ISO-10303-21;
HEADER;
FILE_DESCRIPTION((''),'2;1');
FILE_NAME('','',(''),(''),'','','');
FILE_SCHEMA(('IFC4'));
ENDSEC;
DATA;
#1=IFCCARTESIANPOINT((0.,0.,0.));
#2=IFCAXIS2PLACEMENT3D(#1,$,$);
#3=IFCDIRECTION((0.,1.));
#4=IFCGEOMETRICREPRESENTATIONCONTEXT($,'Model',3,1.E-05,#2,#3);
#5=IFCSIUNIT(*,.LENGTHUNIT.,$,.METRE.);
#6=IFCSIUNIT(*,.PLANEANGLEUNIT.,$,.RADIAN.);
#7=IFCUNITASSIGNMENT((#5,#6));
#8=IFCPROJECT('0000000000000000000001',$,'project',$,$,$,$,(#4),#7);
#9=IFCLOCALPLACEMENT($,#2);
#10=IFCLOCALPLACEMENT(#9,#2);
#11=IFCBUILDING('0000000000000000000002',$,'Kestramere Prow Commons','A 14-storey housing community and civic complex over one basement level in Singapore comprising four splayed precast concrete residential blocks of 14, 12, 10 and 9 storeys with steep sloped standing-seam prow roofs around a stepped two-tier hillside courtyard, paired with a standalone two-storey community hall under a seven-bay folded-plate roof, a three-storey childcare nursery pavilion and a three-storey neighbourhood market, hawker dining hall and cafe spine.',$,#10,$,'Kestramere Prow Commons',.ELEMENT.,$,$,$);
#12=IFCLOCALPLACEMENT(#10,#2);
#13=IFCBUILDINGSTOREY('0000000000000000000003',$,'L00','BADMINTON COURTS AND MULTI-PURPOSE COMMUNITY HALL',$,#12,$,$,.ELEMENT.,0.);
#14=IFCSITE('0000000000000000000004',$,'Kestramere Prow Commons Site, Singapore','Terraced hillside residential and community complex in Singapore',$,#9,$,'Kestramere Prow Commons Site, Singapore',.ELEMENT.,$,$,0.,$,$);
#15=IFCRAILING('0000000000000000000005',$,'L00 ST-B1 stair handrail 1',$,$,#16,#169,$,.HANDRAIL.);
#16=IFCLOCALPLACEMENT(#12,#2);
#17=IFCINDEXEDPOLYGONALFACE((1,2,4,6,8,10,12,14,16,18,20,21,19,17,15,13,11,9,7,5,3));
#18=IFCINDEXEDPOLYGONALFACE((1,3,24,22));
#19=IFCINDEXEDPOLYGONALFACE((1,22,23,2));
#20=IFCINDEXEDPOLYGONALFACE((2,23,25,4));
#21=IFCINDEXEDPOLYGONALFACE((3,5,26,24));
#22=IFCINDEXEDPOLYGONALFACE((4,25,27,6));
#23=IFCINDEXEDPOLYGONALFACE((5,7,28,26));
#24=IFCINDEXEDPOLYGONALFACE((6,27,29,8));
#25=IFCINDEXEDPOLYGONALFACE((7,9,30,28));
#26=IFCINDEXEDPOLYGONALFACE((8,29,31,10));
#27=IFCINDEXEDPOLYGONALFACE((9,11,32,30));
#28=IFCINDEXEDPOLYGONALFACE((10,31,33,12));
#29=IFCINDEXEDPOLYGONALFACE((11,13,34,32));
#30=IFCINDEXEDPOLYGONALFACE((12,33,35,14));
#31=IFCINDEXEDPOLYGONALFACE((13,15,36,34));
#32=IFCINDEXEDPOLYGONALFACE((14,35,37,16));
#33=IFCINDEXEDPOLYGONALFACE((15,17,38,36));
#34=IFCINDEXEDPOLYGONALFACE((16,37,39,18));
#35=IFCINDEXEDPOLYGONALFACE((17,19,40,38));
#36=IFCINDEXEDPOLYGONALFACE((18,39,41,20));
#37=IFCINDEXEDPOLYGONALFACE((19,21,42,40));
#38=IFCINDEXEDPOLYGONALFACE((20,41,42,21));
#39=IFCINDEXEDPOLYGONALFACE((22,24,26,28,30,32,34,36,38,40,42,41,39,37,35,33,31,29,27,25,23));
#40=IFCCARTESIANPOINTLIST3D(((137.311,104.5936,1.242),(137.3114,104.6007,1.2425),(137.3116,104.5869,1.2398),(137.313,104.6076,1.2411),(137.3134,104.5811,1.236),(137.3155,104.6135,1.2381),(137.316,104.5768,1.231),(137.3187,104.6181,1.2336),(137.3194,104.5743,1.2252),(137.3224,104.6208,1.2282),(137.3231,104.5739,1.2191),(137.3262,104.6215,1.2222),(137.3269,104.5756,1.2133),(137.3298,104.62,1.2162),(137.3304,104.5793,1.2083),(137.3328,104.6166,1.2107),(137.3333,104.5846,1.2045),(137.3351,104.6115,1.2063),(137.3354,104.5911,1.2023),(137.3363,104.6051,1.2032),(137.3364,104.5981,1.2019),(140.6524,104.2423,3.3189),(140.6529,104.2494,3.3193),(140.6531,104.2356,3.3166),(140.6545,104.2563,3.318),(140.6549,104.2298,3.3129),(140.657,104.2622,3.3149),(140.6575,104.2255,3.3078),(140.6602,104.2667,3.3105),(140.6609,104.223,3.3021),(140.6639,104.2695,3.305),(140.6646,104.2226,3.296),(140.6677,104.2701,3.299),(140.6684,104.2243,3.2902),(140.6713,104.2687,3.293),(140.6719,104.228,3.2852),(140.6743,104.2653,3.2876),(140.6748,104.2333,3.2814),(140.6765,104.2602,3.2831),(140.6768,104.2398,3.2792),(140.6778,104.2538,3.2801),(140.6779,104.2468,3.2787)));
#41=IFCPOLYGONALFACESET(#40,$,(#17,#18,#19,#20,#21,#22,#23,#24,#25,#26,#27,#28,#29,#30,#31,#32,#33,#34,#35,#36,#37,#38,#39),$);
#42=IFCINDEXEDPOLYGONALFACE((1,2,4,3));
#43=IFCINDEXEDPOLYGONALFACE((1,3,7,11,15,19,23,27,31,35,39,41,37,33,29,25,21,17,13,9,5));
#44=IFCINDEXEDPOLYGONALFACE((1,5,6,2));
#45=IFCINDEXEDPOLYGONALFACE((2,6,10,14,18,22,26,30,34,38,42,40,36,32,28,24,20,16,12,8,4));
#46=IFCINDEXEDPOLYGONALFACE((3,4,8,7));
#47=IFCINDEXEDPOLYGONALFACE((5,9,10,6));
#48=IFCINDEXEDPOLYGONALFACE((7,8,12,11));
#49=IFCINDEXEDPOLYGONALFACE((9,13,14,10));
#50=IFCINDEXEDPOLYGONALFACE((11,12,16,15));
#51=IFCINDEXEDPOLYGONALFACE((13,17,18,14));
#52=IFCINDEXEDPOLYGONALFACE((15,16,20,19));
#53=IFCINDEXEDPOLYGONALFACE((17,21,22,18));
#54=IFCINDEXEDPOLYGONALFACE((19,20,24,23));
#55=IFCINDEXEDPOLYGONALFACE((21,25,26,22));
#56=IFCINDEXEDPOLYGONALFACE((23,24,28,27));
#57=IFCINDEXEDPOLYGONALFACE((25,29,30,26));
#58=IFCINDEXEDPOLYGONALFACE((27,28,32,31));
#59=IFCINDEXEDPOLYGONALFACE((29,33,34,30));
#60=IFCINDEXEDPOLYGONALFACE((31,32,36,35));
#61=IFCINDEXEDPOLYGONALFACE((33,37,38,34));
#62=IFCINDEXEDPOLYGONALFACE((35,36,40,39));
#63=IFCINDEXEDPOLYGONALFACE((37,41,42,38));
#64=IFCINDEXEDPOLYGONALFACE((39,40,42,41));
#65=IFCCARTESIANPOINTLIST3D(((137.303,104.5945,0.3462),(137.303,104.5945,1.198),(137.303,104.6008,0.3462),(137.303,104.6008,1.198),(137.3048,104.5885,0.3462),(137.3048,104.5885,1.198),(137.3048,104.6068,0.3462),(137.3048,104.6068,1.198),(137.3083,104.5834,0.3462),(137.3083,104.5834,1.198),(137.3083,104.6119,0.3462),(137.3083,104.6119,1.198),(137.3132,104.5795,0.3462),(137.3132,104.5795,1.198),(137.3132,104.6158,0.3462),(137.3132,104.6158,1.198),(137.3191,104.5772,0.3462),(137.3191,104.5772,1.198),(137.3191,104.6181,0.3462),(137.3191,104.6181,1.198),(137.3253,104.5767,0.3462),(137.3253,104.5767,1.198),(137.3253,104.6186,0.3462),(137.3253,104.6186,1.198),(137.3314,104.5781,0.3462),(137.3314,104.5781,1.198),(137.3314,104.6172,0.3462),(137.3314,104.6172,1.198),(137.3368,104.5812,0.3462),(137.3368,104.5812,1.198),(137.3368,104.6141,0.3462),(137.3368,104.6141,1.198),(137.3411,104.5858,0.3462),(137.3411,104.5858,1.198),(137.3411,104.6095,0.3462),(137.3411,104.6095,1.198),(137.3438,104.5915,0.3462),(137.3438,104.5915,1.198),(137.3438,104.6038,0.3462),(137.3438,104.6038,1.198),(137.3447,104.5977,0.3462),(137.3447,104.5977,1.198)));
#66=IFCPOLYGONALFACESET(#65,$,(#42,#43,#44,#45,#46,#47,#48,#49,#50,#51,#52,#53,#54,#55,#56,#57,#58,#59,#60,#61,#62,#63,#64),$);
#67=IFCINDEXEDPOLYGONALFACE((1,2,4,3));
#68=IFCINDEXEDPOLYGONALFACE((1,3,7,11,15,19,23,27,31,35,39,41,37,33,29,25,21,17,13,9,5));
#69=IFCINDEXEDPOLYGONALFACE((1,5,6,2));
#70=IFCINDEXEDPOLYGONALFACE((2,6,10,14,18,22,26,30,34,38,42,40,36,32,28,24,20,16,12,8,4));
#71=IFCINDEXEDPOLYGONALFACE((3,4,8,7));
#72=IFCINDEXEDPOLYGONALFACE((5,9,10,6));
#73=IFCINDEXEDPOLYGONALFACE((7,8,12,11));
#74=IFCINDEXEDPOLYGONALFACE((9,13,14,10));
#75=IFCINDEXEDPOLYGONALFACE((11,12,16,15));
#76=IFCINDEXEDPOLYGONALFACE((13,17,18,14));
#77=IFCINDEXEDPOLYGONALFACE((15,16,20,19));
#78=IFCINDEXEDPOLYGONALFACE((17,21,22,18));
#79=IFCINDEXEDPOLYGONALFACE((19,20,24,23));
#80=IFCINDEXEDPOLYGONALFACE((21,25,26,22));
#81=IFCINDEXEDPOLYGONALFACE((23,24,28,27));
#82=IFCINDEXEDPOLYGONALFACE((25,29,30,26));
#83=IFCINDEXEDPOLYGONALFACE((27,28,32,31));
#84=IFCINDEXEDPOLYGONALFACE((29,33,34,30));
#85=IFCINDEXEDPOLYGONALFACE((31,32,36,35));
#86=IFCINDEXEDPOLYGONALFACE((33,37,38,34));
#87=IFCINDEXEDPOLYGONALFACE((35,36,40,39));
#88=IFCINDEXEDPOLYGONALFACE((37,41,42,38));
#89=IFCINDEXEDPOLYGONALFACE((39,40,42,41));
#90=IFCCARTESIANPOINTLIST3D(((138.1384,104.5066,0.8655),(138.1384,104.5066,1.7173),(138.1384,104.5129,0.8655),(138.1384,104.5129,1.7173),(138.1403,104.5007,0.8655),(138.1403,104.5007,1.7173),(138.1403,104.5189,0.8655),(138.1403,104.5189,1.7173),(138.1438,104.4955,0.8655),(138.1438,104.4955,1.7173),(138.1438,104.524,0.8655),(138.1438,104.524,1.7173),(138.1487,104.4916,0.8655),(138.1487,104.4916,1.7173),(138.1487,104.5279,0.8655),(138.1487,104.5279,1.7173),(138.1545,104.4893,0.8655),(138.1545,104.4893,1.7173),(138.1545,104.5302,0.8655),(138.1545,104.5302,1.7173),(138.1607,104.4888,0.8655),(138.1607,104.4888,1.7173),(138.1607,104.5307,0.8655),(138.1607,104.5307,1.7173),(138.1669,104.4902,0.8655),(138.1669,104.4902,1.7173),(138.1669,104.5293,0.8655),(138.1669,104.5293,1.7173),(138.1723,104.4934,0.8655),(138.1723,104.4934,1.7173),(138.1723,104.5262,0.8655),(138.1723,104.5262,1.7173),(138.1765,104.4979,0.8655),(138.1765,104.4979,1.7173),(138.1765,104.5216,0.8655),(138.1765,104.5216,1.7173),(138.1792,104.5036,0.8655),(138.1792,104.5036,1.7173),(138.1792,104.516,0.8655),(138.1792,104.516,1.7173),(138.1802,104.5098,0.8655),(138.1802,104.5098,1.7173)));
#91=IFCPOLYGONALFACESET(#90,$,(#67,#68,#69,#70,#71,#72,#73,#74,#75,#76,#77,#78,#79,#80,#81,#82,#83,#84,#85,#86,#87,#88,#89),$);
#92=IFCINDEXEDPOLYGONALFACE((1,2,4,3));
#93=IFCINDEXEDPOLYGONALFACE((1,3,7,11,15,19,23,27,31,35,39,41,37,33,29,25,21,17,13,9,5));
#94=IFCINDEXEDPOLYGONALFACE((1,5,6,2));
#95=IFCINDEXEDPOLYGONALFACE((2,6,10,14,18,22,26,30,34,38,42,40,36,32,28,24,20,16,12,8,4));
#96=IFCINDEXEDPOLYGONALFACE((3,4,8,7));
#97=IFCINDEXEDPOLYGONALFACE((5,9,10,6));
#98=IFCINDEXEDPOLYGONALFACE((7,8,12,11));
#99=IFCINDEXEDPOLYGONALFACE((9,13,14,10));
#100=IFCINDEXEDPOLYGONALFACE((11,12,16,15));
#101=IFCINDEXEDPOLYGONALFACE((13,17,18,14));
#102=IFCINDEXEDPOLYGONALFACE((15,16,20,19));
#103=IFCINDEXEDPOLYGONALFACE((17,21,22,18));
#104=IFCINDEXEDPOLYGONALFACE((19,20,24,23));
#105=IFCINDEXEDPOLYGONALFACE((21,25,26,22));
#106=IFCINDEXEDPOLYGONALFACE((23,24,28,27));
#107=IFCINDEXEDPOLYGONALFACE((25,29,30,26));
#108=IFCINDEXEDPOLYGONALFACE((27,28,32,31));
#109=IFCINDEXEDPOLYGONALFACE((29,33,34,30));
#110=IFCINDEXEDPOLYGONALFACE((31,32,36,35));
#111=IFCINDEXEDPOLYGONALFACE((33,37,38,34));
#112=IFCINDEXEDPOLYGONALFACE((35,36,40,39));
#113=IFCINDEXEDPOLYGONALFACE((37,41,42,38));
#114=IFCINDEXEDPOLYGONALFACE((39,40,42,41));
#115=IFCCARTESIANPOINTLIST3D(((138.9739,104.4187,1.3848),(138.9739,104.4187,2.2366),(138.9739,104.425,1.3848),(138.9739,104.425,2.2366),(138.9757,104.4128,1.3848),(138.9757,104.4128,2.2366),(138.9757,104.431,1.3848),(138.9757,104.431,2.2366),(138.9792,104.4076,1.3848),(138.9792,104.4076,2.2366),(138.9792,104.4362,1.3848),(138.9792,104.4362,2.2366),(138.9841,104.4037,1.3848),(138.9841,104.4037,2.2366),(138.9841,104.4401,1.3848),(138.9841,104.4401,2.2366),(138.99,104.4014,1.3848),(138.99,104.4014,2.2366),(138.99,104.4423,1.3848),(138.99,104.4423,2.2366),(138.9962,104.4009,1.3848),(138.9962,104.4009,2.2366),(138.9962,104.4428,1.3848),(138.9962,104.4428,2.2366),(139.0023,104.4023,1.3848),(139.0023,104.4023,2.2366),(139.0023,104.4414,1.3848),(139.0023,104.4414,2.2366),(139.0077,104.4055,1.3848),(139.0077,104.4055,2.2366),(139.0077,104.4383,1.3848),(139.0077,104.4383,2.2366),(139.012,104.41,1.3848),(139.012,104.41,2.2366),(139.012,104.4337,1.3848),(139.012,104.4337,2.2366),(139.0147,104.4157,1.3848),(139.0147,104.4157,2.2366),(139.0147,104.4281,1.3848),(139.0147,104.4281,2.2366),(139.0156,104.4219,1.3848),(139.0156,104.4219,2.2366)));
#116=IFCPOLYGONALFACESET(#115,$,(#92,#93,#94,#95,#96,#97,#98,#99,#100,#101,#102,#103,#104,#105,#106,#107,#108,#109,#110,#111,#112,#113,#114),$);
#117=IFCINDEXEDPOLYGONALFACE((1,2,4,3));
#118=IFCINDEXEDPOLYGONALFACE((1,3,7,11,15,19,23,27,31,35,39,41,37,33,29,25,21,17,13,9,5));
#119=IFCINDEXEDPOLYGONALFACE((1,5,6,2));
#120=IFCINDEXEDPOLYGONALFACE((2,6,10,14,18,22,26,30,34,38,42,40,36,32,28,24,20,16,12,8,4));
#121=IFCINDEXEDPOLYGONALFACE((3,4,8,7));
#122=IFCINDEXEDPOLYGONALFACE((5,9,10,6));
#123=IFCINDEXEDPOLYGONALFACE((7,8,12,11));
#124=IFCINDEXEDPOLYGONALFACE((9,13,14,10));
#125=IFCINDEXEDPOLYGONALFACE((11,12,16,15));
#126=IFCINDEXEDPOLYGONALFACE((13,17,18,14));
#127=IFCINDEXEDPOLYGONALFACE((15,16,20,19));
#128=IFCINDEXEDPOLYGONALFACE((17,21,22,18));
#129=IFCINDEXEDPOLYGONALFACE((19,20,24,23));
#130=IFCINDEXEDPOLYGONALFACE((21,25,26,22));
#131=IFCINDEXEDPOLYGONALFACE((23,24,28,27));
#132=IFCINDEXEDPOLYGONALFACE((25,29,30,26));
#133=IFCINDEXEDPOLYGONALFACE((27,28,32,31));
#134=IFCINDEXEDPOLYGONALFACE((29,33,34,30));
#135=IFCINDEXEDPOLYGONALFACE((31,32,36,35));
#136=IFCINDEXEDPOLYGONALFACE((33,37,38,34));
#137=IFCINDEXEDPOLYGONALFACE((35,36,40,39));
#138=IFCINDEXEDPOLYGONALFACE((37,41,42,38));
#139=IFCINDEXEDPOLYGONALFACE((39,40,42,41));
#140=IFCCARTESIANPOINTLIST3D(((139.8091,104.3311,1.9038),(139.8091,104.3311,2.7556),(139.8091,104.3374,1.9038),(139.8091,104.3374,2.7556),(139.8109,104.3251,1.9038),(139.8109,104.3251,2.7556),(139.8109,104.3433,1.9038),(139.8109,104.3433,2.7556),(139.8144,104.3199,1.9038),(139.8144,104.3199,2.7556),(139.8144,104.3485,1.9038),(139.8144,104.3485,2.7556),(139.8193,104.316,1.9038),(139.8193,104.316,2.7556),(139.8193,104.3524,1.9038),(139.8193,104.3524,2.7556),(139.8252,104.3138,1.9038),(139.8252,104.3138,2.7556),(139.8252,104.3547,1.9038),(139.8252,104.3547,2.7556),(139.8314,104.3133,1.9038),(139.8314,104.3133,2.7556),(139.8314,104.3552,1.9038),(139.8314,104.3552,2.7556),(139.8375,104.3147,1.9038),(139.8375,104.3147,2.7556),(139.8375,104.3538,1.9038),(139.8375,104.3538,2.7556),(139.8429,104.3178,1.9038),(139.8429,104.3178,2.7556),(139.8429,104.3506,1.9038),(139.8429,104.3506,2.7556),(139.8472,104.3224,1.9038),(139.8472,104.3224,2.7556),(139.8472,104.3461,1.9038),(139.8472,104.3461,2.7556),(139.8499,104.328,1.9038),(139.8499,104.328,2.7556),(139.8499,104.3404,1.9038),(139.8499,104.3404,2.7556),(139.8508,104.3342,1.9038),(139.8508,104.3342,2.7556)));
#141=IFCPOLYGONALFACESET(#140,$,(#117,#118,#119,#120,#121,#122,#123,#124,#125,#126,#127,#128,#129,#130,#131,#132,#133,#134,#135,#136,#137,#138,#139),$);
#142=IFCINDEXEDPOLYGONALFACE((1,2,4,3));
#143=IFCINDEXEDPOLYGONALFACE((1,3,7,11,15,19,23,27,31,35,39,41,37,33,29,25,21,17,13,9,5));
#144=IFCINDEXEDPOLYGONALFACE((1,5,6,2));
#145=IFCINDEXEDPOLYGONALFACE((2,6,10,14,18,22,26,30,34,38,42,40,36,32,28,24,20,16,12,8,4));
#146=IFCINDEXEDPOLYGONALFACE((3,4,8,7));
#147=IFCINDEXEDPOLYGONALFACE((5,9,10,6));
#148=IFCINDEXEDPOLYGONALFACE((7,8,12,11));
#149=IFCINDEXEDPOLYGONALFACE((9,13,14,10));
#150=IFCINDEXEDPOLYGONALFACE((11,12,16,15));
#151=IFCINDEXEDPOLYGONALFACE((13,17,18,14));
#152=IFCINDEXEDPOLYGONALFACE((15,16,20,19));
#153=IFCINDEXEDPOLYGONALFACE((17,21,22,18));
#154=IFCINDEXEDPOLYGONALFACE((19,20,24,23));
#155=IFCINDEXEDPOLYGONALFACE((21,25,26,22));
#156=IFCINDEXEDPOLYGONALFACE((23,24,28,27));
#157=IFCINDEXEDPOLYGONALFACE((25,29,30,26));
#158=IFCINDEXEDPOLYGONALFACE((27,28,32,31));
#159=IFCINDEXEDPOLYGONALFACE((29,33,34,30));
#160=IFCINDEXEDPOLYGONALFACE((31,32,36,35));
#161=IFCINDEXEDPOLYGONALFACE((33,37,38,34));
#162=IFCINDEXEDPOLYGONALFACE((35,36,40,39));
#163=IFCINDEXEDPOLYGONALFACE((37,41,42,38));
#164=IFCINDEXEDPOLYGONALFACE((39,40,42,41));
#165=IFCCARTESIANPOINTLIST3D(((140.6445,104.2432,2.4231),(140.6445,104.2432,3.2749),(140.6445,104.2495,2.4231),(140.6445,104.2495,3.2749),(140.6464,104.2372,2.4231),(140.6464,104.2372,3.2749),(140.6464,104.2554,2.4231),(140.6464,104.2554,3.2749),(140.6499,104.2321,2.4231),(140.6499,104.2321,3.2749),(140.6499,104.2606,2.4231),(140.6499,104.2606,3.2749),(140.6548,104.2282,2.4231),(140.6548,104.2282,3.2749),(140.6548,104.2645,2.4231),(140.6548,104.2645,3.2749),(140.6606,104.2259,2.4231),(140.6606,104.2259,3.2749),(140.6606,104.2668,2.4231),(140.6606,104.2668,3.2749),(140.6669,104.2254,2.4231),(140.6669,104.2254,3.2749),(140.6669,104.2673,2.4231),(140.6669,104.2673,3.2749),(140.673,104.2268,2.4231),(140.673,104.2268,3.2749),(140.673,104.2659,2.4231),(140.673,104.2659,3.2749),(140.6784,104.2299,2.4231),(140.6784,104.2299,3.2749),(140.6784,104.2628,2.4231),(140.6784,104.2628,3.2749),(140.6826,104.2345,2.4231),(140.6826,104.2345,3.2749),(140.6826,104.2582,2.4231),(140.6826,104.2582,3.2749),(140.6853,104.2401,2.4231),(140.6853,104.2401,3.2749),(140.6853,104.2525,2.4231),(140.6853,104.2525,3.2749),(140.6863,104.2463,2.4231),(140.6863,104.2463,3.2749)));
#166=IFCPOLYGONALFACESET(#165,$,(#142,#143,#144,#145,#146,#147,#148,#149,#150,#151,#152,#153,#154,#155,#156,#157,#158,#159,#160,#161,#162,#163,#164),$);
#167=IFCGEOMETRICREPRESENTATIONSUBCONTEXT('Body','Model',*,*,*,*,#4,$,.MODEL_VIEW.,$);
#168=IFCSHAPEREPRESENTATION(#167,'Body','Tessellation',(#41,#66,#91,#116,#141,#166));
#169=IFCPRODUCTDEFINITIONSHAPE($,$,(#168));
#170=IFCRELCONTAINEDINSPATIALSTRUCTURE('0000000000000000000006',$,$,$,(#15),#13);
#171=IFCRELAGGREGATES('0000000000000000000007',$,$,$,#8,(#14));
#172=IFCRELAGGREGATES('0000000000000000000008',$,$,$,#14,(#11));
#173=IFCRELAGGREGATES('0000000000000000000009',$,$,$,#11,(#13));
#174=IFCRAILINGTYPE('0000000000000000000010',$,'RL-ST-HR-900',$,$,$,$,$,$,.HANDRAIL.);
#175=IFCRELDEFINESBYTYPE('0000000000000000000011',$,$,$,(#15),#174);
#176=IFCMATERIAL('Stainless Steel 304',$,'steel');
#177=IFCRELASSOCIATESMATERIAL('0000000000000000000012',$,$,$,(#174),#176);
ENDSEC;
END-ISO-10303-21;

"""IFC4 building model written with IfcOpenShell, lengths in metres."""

from ifc_helpers import new_model, si_unit, direction, frame, origin, origin_2d, place, context, subcontext, project, spatial, circle, extrude, material, type_object, element, save


model = new_model("IFC4")

# Units and contexts
model_context = context("Model", 3, precision=1e-05, world=origin(), true_north=direction((0.0, 1.0)))
body_context = subcontext(model_context, "Body", "Model", "MODEL_VIEW")
ifc_project = project(units=[si_unit("LENGTHUNIT", "METRE"), si_unit("PLANEANGLEUNIT", "RADIAN")], contexts=[model_context])

# Site, building, storey
site_placement = place(None, origin())
site = spatial("IfcSite", under=ifc_project, at=site_placement, Name="Kestramere Prow Commons Site, Singapore", Description="Terraced hillside residential and community complex in Singapore", LongName="Kestramere Prow Commons Site, Singapore", CompositionType="ELEMENT", RefElevation=0.0)
building_placement = place(site_placement, origin())
building = spatial("IfcBuilding", under=site, at=building_placement, Name="Kestramere Prow Commons", Description="A 14-storey housing community and civic complex over one basement level in Singapore comprising four splayed precast concrete residential blocks of 14, 12, 10 and 9 storeys with steep sloped standing-seam prow roofs around a stepped two-tier hillside courtyard, paired with a standalone two-storey community hall under a seven-bay folded-plate roof, a three-storey childcare nursery pavilion and a three-storey neighbourhood market, hawker dining hall and cafe spine.", LongName="Kestramere Prow Commons", CompositionType="ELEMENT")
storey_placement = place(building_placement, origin())
storey = spatial("IfcBuildingStorey", under=building, at=storey_placement, Name="L00", Description="BADMINTON COURTS AND MULTI-PURPOSE COMMUNITY HALL", CompositionType="ELEMENT", Elevation=0.0)

# Railing
ifc_material_1 = material(Name="Stainless Steel 304", Category="steel")
railing_type_1 = type_object("IfcRailingType", Name="RL-ST-HR-900", PredefinedType="HANDRAIL", material=ifc_material_1)
railing_1_placement = place(storey_placement, frame((137.3237, 104.5977, 0.3462)))
element("IfcRailing", 1, at=railing_1_placement, inside=storey, type_object=railing_type_1, Name="L00 ST-B1 stair handrail 1", PredefinedType="HANDRAIL", context=body_context, shape_type="SweptSolid", body=[
    extrude(circle(Radius=0.0239, at=origin_2d()), frame((0.0, 0.0, 0.876), z_axis=(0.845951, -0.08894, 0.525791), x_axis=(0.10456, 0.994519, 0.0)), (0.0, 0.0, 1.0), 3.95),
    extrude(circle(Radius=0.021, at=origin_2d()), origin(), (0.0, 0.0, 1.0), 0.8518),
    extrude(circle(Radius=0.021, at=origin_2d()), frame((0.8354, -0.0879, 0.5193)), (0.0, 0.0, 1.0), 0.8518),
    extrude(circle(Radius=0.021, at=origin_2d()), frame((1.6709, -0.1758, 1.0386)), (0.0, 0.0, 1.0), 0.8518),
    extrude(circle(Radius=0.021, at=origin_2d()), frame((2.5061, -0.2634, 1.5576)), (0.0, 0.0, 1.0), 0.8518),
    extrude(circle(Radius=0.021, at=origin_2d()), frame((3.3416, -0.3513, 2.0769)), (0.0, 0.0, 1.0), 0.8518),
])

save(model, "model.ifc")
